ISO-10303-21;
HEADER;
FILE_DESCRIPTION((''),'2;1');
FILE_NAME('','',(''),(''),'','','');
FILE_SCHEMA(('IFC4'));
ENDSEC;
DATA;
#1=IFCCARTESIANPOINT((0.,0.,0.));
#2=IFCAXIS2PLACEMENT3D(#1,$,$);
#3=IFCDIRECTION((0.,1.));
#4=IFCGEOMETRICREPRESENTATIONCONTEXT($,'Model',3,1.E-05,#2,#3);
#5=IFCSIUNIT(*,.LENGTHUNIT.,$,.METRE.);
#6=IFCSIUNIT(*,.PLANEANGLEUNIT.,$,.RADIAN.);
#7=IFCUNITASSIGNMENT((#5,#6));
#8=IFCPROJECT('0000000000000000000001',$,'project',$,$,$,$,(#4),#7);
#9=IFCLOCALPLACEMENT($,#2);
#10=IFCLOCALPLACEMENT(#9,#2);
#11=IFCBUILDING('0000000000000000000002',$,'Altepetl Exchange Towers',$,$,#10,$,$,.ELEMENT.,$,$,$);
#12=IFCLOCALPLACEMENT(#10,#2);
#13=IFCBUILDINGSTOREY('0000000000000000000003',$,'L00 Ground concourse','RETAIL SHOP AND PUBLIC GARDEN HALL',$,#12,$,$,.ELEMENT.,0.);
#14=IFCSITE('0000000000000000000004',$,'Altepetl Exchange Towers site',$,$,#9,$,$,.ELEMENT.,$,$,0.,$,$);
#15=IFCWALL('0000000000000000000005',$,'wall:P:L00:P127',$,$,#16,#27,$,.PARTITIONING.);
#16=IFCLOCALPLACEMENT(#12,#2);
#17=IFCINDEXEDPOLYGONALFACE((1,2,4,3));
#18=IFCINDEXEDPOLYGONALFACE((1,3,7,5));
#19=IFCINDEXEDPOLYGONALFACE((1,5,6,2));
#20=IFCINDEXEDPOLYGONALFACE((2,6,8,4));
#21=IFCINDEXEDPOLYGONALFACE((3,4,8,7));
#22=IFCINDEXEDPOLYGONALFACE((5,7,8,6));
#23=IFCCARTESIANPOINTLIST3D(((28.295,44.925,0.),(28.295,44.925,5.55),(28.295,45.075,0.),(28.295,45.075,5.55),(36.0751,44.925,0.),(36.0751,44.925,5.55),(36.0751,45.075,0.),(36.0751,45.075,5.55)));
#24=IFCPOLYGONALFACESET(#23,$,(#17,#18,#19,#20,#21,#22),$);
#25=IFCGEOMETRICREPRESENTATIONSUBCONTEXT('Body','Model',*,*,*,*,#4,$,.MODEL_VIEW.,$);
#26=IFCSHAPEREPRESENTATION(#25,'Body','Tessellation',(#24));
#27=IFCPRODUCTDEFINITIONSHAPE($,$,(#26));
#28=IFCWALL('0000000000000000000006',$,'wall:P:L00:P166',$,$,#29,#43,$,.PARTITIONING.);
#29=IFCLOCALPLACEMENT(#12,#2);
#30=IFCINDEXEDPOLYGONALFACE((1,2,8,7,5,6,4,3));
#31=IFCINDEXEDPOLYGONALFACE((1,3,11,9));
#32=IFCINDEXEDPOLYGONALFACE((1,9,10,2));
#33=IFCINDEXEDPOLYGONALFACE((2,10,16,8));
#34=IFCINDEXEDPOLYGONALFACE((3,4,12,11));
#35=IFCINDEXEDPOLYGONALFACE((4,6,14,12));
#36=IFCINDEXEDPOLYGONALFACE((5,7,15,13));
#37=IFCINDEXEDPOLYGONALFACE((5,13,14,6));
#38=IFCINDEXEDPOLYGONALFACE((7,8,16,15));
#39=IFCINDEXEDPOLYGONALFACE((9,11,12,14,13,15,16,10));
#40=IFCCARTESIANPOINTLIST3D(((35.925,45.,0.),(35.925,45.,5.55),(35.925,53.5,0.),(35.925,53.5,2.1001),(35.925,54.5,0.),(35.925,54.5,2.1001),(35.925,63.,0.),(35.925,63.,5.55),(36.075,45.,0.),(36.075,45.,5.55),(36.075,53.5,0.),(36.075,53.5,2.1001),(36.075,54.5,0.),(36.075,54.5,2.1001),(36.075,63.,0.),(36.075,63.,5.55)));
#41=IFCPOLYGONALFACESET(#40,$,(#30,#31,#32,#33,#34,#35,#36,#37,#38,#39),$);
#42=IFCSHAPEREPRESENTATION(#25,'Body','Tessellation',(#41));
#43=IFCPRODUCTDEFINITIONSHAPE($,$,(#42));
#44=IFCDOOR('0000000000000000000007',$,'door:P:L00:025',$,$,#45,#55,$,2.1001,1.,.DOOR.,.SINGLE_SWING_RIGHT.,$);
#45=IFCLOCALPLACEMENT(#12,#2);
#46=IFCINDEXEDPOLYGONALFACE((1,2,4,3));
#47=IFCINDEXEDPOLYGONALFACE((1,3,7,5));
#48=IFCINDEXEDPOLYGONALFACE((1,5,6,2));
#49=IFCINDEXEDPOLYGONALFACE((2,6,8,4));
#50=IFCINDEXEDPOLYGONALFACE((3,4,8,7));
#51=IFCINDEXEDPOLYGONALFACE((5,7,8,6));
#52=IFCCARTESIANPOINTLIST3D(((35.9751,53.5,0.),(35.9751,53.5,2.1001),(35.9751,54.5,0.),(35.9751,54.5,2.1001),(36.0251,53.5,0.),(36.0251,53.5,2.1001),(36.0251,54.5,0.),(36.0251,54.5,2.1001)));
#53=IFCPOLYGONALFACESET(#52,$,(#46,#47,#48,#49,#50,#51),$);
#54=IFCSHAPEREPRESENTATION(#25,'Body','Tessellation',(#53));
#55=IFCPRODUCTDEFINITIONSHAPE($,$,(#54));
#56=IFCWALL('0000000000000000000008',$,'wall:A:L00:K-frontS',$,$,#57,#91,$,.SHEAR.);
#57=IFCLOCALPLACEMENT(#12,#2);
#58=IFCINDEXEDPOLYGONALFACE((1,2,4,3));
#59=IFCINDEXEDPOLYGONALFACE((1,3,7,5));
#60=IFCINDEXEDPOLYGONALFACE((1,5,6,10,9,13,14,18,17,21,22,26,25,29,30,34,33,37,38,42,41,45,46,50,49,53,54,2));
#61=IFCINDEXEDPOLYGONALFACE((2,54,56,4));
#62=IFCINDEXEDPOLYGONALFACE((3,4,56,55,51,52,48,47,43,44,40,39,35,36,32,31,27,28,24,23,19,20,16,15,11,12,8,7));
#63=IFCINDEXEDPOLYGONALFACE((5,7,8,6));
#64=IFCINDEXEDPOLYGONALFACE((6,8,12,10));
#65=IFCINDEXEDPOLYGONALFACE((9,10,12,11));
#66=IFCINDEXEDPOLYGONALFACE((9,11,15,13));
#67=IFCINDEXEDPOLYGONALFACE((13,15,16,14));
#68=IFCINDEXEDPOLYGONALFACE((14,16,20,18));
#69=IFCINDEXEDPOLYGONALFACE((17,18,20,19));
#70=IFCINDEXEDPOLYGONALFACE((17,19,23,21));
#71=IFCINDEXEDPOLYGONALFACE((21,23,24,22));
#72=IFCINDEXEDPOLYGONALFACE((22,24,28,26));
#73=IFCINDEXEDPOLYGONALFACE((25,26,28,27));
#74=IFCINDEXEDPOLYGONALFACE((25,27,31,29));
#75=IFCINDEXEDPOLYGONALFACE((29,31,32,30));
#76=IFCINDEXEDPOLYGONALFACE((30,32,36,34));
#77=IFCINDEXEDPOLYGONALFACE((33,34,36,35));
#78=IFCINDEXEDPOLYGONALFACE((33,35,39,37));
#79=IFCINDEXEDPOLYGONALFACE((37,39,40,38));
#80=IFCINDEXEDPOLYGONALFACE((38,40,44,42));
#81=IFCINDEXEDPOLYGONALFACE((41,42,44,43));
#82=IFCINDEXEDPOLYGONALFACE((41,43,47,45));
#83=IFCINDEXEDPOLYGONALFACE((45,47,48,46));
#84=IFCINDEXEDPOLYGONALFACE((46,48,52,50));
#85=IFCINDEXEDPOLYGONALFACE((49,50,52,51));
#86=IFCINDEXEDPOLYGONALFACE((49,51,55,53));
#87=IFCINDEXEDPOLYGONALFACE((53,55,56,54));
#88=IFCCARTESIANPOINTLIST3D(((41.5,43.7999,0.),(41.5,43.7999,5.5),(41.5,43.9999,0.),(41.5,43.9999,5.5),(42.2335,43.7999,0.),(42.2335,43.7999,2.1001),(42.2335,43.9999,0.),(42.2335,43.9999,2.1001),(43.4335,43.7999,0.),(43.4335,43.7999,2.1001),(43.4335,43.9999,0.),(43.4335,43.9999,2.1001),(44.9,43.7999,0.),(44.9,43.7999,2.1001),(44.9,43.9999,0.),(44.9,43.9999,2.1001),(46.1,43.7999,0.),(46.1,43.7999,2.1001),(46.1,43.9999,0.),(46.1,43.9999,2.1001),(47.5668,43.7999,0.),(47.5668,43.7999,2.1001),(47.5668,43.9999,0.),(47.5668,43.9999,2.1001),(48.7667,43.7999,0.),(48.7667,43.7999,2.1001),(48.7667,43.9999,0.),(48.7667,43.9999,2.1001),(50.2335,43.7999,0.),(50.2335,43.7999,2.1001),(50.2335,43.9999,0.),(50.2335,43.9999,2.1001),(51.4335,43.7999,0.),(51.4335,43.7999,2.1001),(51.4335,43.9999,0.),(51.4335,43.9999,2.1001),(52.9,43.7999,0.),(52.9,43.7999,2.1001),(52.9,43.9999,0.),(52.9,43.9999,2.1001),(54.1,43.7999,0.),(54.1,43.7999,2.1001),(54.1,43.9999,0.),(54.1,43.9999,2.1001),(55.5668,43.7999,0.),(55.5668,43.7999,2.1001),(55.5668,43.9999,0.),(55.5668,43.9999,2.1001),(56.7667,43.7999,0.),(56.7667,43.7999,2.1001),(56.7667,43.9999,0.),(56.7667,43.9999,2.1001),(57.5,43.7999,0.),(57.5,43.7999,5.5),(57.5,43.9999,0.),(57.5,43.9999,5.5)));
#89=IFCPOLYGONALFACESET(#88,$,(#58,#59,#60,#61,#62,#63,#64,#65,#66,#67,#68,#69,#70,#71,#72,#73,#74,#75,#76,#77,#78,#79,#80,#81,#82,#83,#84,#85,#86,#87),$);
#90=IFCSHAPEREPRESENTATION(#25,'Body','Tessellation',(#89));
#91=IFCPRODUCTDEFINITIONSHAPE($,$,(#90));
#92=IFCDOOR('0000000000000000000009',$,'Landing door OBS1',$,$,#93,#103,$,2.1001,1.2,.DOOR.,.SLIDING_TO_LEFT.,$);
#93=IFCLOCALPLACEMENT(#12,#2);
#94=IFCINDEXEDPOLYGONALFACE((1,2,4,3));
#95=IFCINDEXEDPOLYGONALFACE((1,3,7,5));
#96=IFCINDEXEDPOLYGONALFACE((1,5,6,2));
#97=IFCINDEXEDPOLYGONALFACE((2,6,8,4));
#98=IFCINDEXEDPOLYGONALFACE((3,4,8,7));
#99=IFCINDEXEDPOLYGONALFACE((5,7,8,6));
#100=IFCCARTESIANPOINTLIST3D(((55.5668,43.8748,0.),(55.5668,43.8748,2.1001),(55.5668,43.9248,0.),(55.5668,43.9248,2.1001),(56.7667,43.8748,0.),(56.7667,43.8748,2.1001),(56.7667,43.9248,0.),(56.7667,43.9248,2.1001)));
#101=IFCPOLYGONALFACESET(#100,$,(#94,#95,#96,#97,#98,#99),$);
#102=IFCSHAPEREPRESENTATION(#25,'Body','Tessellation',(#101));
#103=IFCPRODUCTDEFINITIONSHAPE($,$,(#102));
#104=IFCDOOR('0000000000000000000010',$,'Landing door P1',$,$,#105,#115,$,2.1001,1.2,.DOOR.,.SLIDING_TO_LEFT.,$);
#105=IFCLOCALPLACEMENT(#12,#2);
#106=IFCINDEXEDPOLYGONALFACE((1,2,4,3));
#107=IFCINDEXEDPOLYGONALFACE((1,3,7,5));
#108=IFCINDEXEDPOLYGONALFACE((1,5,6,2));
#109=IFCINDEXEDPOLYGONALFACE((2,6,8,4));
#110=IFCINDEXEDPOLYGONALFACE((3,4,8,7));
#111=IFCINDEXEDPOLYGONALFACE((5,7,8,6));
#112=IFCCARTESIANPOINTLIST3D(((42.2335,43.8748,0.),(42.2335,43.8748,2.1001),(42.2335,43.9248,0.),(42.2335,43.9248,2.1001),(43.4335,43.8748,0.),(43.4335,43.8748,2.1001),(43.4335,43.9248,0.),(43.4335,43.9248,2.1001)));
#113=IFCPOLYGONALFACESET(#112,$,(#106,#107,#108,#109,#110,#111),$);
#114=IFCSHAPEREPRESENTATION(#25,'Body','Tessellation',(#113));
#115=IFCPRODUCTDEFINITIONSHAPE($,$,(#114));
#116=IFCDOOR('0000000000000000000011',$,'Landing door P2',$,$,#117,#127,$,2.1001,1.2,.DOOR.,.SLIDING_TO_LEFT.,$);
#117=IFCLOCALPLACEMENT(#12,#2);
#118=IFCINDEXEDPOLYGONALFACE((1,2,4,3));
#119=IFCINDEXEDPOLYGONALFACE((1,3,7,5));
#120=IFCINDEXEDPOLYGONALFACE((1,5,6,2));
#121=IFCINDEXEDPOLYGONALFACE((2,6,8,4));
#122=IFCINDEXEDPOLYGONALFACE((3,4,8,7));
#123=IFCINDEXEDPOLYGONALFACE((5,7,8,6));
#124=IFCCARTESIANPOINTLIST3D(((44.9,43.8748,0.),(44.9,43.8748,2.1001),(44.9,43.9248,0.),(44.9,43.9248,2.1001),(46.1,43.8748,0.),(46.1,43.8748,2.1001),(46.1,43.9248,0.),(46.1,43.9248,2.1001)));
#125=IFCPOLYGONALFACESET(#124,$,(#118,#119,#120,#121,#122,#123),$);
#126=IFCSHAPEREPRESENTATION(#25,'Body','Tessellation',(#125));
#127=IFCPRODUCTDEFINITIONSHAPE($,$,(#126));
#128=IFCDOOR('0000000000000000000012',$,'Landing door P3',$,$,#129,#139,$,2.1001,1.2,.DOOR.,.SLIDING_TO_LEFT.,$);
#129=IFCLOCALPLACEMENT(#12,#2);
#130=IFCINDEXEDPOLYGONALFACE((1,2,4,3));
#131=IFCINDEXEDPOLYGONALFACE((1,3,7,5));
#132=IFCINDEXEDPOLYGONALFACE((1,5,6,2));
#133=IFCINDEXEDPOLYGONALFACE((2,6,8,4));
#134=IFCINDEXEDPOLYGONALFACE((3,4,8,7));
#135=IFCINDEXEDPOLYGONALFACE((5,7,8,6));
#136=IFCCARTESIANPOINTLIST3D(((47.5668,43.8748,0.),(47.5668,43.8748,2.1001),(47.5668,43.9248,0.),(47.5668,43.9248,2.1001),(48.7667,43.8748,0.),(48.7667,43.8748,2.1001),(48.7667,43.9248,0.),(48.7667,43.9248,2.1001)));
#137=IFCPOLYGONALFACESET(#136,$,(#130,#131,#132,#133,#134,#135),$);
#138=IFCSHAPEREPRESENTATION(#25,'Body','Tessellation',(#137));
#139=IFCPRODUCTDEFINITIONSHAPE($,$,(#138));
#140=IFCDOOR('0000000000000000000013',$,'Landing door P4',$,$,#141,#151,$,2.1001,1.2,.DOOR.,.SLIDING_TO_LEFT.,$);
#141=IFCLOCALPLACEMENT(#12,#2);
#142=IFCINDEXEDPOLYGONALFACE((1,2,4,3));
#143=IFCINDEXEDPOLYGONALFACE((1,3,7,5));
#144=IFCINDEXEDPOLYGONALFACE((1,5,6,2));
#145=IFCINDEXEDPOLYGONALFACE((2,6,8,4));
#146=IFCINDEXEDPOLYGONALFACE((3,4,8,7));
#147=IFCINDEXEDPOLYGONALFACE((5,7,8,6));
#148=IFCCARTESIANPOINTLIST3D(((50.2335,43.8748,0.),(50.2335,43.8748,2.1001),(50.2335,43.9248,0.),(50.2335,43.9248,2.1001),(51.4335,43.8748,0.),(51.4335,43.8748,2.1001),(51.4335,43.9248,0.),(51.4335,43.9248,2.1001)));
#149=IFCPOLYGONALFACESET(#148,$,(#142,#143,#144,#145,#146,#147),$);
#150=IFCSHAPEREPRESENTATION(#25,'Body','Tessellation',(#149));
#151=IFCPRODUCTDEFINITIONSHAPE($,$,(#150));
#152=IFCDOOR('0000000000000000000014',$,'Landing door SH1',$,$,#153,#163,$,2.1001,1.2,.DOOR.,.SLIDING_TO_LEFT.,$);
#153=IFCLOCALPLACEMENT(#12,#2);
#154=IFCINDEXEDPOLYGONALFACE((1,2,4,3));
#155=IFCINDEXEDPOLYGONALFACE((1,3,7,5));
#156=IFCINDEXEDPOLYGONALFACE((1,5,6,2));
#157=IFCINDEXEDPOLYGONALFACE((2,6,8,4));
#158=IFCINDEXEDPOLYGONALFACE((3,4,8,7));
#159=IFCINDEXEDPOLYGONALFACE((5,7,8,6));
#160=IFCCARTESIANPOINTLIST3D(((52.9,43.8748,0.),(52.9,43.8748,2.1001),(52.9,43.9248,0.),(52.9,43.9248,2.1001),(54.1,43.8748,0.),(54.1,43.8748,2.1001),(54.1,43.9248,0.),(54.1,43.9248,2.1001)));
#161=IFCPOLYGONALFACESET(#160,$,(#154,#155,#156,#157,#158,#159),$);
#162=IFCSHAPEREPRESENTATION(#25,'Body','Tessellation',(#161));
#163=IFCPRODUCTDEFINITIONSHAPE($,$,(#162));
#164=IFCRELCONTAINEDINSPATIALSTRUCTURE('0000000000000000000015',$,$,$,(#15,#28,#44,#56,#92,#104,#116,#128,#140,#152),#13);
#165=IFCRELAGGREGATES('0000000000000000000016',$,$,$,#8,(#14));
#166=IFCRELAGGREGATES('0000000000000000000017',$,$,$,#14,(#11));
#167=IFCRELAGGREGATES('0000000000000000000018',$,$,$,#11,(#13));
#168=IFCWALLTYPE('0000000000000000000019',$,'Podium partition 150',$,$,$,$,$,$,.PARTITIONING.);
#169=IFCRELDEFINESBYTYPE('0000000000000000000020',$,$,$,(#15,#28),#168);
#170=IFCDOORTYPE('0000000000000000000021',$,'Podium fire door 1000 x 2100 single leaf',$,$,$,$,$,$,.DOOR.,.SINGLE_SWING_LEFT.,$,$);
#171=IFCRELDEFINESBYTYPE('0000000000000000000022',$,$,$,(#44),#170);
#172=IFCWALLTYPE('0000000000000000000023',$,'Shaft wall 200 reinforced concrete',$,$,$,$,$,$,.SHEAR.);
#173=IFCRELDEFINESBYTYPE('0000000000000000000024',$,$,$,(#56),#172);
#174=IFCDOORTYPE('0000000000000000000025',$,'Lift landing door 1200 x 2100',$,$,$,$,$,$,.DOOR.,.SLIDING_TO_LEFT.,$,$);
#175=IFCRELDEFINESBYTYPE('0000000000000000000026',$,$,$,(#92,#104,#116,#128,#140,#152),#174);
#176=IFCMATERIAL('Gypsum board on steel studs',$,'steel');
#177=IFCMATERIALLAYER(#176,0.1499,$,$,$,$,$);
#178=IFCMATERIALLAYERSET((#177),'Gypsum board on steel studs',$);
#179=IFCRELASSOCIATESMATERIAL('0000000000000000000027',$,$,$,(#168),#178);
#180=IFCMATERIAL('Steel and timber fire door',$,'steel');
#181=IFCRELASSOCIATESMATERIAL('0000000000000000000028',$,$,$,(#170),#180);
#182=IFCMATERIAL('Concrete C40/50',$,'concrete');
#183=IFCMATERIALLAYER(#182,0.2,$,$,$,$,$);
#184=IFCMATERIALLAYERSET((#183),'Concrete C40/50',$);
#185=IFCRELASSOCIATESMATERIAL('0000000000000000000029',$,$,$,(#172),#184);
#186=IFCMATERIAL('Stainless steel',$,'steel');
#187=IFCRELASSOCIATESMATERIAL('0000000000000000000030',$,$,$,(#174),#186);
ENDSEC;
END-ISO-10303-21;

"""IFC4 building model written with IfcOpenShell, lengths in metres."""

from ifc_helpers import new_model, si_unit, direction, frame, frame_2d, origin, place, context, subcontext, project, spatial, rectangle, extrude, material, layer, layer_set, type_object, element, fill, save


model = new_model("IFC4")

# Units and contexts
model_context = context("Model", 3, precision=1e-05, world=origin(), true_north=direction((0.0, 1.0)))
body_context = subcontext(model_context, "Body", "Model", "MODEL_VIEW")
ifc_project = project(units=[si_unit("LENGTHUNIT", "METRE"), si_unit("PLANEANGLEUNIT", "RADIAN")], contexts=[model_context])

# Site, building, storey
site_placement = place(None, origin())
site = spatial("IfcSite", under=ifc_project, at=site_placement, Name="Altepetl Exchange Towers site", CompositionType="ELEMENT", RefElevation=0.0)
building_placement = place(site_placement, origin())
building = spatial("IfcBuilding", under=site, at=building_placement, Name="Altepetl Exchange Towers", CompositionType="ELEMENT")
storey_placement = place(building_placement, origin())
storey = spatial("IfcBuildingStorey", under=building, at=storey_placement, Name="L00 Ground concourse", Description="RETAIL SHOP AND PUBLIC GARDEN HALL", CompositionType="ELEMENT", Elevation=0.0)

# Wall
ifc_material_1 = material(Name="Gypsum board on steel studs", Category="steel")
ifc_layer_1 = layer(ifc_material_1, 0.1499)
ifc_layer_set_1 = layer_set([ifc_layer_1], Name="Gypsum board on steel studs")
wall_type_1 = type_object("IfcWallType", Name="Podium partition 150", PredefinedType="PARTITIONING", material=ifc_layer_set_1)
wall_1_placement = place(storey_placement, frame((28.2949, 45.0, 0.0)))
element("IfcWall", 1, at=wall_1_placement, inside=storey, type_object=wall_type_1, Name="wall:P:L00:P127", PredefinedType="PARTITIONING", context=body_context, shape_type="SweptSolid", body=[
    extrude(rectangle(XDim=7.78, YDim=0.1499, at=frame_2d((3.8901, 0.0))), origin(), (0.0, 0.0, 1.0), 5.55),
])

# Wall, opening, door
wall_2_placement = place(storey_placement, frame((36.0, 45.0, 0.0), z_axis=(0.0, 0.0, 1.0), x_axis=(0.0, 1.0, 0.0)))
wall_2 = element("IfcWall", 2, at=wall_2_placement, inside=storey, type_object=wall_type_1, Name="wall:P:L00:P166", PredefinedType="PARTITIONING", context=body_context, shape_type="SweptSolid", body=[
    extrude(rectangle(XDim=18.0, YDim=0.1499, at=frame_2d((9.0, 0.0))), origin(), (0.0, 0.0, 1.0), 5.55),
])
opening_1_placement = place(wall_2_placement, frame((8.5, 0.0, 0.0)))
opening_1 = element("IfcOpeningElement", 3, at=opening_1_placement, cuts=wall_2, PredefinedType="OPENING", context=body_context, shape_type="SweptSolid", body=[
    extrude(rectangle(XDim=1.0, YDim=2.1001, at=frame_2d((0.5, 1.05))), frame((0.0, 0.085, 0.0), z_axis=(0.0, -1.0, 0.0), x_axis=(1.0, 0.0, 0.0)), (0.0, 0.0, 1.0), 0.1699),
])
ifc_material_2 = material(Name="Steel and timber fire door", Category="steel")
door_type_1 = type_object("IfcDoorType", Name="Podium fire door 1000 x 2100 single leaf", OperationType="SINGLE_SWING_LEFT", PredefinedType="DOOR", material=ifc_material_2)
door_1_placement = place(opening_1_placement, origin())
door_1 = element("IfcDoor", 4, at=door_1_placement, inside=storey, type_object=door_type_1, Name="door:P:L00:025", OperationType="SINGLE_SWING_RIGHT", OverallHeight=2.1001, OverallWidth=1.0, PredefinedType="DOOR", context=body_context, shape_type="SweptSolid", body=[
    extrude(rectangle(XDim=1.0, YDim=2.1001, at=frame_2d((0.5, 1.05))), frame((0.0, 0.0249, 0.0), z_axis=(0.0, -1.0, 0.0), x_axis=(1.0, 0.0, 0.0)), (0.0, 0.0, 1.0), 0.05),
])
fill(opening_1, door_1)

# Wall, openings, doors
ifc_material_3 = material(Name="Concrete C40/50", Category="concrete")
ifc_layer_2 = layer(ifc_material_3, 0.2)
ifc_layer_set_2 = layer_set([ifc_layer_2], Name="Concrete C40/50")
wall_type_2 = type_object("IfcWallType", Name="Shaft wall 200 reinforced concrete", PredefinedType="SHEAR", material=ifc_layer_set_2)
wall_3_placement = place(storey_placement, frame((41.5, 43.8999, 0.0)))
wall_3 = element("IfcWall", 5, at=wall_3_placement, inside=storey, type_object=wall_type_2, Name="wall:A:L00:K-frontS", PredefinedType="SHEAR", context=body_context, shape_type="SweptSolid", body=[
    extrude(rectangle(XDim=16.0, YDim=0.2, at=frame_2d((8.0, 0.0))), origin(), (0.0, 0.0, 1.0), 5.5),
])
opening_2_placement = place(wall_3_placement, frame((14.0667, 0.0, 0.0)))
opening_2 = element("IfcOpeningElement", 6, at=opening_2_placement, cuts=wall_3, PredefinedType="OPENING", context=body_context, shape_type="SweptSolid", body=[
    extrude(rectangle(XDim=1.2, YDim=2.1001, at=frame_2d((0.6001, 1.05))), frame((0.0, 0.1099, 0.0), z_axis=(0.0, -1.0, 0.0), x_axis=(1.0, 0.0, 0.0)), (0.0, 0.0, 1.0), 0.22),
])
opening_3_placement = place(wall_3_placement, frame((0.7334, 0.0, 0.0)))
opening_3 = element("IfcOpeningElement", 7, at=opening_3_placement, cuts=wall_3, PredefinedType="OPENING", context=body_context, shape_type="SweptSolid", body=[
    extrude(rectangle(XDim=1.2, YDim=2.1001, at=frame_2d((0.6001, 1.05))), frame((0.0, 0.1099, 0.0), z_axis=(0.0, -1.0, 0.0), x_axis=(1.0, 0.0, 0.0)), (0.0, 0.0, 1.0), 0.22),
])
opening_4_placement = place(wall_3_placement, frame((3.3999, 0.0, 0.0)))
opening_4 = element("IfcOpeningElement", 8, at=opening_4_placement, cuts=wall_3, PredefinedType="OPENING", context=body_context, shape_type="SweptSolid", body=[
    extrude(rectangle(XDim=1.2, YDim=2.1001, at=frame_2d((0.6001, 1.05))), frame((0.0, 0.1099, 0.0), z_axis=(0.0, -1.0, 0.0), x_axis=(1.0, 0.0, 0.0)), (0.0, 0.0, 1.0), 0.22),
])
opening_5_placement = place(wall_3_placement, frame((6.0667, 0.0, 0.0)))
opening_5 = element("IfcOpeningElement", 9, at=opening_5_placement, cuts=wall_3, PredefinedType="OPENING", context=body_context, shape_type="SweptSolid", body=[
    extrude(rectangle(XDim=1.2, YDim=2.1001, at=frame_2d((0.6001, 1.05))), frame((0.0, 0.1099, 0.0), z_axis=(0.0, -1.0, 0.0), x_axis=(1.0, 0.0, 0.0)), (0.0, 0.0, 1.0), 0.22),
])
opening_6_placement = place(wall_3_placement, frame((8.7334, 0.0, 0.0)))
opening_6 = element("IfcOpeningElement", 10, at=opening_6_placement, cuts=wall_3, PredefinedType="OPENING", context=body_context, shape_type="SweptSolid", body=[
    extrude(rectangle(XDim=1.2, YDim=2.1001, at=frame_2d((0.6001, 1.05))), frame((0.0, 0.1099, 0.0), z_axis=(0.0, -1.0, 0.0), x_axis=(1.0, 0.0, 0.0)), (0.0, 0.0, 1.0), 0.22),
])
opening_7_placement = place(wall_3_placement, frame((11.3999, 0.0, 0.0)))
opening_7 = element("IfcOpeningElement", 11, at=opening_7_placement, cuts=wall_3, PredefinedType="OPENING", context=body_context, shape_type="SweptSolid", body=[
    extrude(rectangle(XDim=1.2, YDim=2.1001, at=frame_2d((0.6001, 1.05))), frame((0.0, 0.1099, 0.0), z_axis=(0.0, -1.0, 0.0), x_axis=(1.0, 0.0, 0.0)), (0.0, 0.0, 1.0), 0.22),
])
ifc_material_4 = material(Name="Stainless steel", Category="steel")
door_type_2 = type_object("IfcDoorType", Name="Lift landing door 1200 x 2100", OperationType="SLIDING_TO_LEFT", PredefinedType="DOOR", material=ifc_material_4)
door_2_placement = place(opening_2_placement, origin())
door_2 = element("IfcDoor", 12, at=door_2_placement, inside=storey, type_object=door_type_2, Name="Landing door OBS1", OperationType="SLIDING_TO_LEFT", OverallHeight=2.1001, OverallWidth=1.2, PredefinedType="DOOR", context=body_context, shape_type="SweptSolid", body=[
    extrude(rectangle(XDim=1.2, YDim=2.1001, at=frame_2d((0.6001, 1.05))), frame((0.0, 0.0249, 0.0), z_axis=(0.0, -1.0, 0.0), x_axis=(1.0, 0.0, 0.0)), (0.0, 0.0, 1.0), 0.05),
])
fill(opening_2, door_2)
door_3_placement = place(opening_3_placement, origin())
door_3 = element("IfcDoor", 13, at=door_3_placement, inside=storey, type_object=door_type_2, Name="Landing door P1", OperationType="SLIDING_TO_LEFT", OverallHeight=2.1001, OverallWidth=1.2, PredefinedType="DOOR", context=body_context, shape_type="SweptSolid", body=[
    extrude(rectangle(XDim=1.2, YDim=2.1001, at=frame_2d((0.6001, 1.05))), frame((0.0, 0.0249, 0.0), z_axis=(0.0, -1.0, 0.0), x_axis=(1.0, 0.0, 0.0)), (0.0, 0.0, 1.0), 0.05),
])
fill(opening_3, door_3)
door_4_placement = place(opening_4_placement, origin())
door_4 = element("IfcDoor", 14, at=door_4_placement, inside=storey, type_object=door_type_2, Name="Landing door P2", OperationType="SLIDING_TO_LEFT", OverallHeight=2.1001, OverallWidth=1.2, PredefinedType="DOOR", context=body_context, shape_type="SweptSolid", body=[
    extrude(rectangle(XDim=1.2, YDim=2.1001, at=frame_2d((0.6001, 1.05))), frame((0.0, 0.0249, 0.0), z_axis=(0.0, -1.0, 0.0), x_axis=(1.0, 0.0, 0.0)), (0.0, 0.0, 1.0), 0.05),
])
fill(opening_4, door_4)
door_5_placement = place(opening_5_placement, origin())
door_5 = element("IfcDoor", 15, at=door_5_placement, inside=storey, type_object=door_type_2, Name="Landing door P3", OperationType="SLIDING_TO_LEFT", OverallHeight=2.1001, OverallWidth=1.2, PredefinedType="DOOR", context=body_context, shape_type="SweptSolid", body=[
    extrude(rectangle(XDim=1.2, YDim=2.1001, at=frame_2d((0.6001, 1.05))), frame((0.0, 0.0249, 0.0), z_axis=(0.0, -1.0, 0.0), x_axis=(1.0, 0.0, 0.0)), (0.0, 0.0, 1.0), 0.05),
])
fill(opening_5, door_5)
door_6_placement = place(opening_6_placement, origin())
door_6 = element("IfcDoor", 16, at=door_6_placement, inside=storey, type_object=door_type_2, Name="Landing door P4", OperationType="SLIDING_TO_LEFT", OverallHeight=2.1001, OverallWidth=1.2, PredefinedType="DOOR", context=body_context, shape_type="SweptSolid", body=[
    extrude(rectangle(XDim=1.2, YDim=2.1001, at=frame_2d((0.6001, 1.05))), frame((0.0, 0.0249, 0.0), z_axis=(0.0, -1.0, 0.0), x_axis=(1.0, 0.0, 0.0)), (0.0, 0.0, 1.0), 0.05),
])
fill(opening_6, door_6)
door_7_placement = place(opening_7_placement, origin())
door_7 = element("IfcDoor", 17, at=door_7_placement, inside=storey, type_object=door_type_2, Name="Landing door SH1", OperationType="SLIDING_TO_LEFT", OverallHeight=2.1001, OverallWidth=1.2, PredefinedType="DOOR", context=body_context, shape_type="SweptSolid", body=[
    extrude(rectangle(XDim=1.2, YDim=2.1001, at=frame_2d((0.6001, 1.05))), frame((0.0, 0.0249, 0.0), z_axis=(0.0, -1.0, 0.0), x_axis=(1.0, 0.0, 0.0)), (0.0, 0.0, 1.0), 0.05),
])
fill(opening_7, door_7)

save(model, "model.ifc")
